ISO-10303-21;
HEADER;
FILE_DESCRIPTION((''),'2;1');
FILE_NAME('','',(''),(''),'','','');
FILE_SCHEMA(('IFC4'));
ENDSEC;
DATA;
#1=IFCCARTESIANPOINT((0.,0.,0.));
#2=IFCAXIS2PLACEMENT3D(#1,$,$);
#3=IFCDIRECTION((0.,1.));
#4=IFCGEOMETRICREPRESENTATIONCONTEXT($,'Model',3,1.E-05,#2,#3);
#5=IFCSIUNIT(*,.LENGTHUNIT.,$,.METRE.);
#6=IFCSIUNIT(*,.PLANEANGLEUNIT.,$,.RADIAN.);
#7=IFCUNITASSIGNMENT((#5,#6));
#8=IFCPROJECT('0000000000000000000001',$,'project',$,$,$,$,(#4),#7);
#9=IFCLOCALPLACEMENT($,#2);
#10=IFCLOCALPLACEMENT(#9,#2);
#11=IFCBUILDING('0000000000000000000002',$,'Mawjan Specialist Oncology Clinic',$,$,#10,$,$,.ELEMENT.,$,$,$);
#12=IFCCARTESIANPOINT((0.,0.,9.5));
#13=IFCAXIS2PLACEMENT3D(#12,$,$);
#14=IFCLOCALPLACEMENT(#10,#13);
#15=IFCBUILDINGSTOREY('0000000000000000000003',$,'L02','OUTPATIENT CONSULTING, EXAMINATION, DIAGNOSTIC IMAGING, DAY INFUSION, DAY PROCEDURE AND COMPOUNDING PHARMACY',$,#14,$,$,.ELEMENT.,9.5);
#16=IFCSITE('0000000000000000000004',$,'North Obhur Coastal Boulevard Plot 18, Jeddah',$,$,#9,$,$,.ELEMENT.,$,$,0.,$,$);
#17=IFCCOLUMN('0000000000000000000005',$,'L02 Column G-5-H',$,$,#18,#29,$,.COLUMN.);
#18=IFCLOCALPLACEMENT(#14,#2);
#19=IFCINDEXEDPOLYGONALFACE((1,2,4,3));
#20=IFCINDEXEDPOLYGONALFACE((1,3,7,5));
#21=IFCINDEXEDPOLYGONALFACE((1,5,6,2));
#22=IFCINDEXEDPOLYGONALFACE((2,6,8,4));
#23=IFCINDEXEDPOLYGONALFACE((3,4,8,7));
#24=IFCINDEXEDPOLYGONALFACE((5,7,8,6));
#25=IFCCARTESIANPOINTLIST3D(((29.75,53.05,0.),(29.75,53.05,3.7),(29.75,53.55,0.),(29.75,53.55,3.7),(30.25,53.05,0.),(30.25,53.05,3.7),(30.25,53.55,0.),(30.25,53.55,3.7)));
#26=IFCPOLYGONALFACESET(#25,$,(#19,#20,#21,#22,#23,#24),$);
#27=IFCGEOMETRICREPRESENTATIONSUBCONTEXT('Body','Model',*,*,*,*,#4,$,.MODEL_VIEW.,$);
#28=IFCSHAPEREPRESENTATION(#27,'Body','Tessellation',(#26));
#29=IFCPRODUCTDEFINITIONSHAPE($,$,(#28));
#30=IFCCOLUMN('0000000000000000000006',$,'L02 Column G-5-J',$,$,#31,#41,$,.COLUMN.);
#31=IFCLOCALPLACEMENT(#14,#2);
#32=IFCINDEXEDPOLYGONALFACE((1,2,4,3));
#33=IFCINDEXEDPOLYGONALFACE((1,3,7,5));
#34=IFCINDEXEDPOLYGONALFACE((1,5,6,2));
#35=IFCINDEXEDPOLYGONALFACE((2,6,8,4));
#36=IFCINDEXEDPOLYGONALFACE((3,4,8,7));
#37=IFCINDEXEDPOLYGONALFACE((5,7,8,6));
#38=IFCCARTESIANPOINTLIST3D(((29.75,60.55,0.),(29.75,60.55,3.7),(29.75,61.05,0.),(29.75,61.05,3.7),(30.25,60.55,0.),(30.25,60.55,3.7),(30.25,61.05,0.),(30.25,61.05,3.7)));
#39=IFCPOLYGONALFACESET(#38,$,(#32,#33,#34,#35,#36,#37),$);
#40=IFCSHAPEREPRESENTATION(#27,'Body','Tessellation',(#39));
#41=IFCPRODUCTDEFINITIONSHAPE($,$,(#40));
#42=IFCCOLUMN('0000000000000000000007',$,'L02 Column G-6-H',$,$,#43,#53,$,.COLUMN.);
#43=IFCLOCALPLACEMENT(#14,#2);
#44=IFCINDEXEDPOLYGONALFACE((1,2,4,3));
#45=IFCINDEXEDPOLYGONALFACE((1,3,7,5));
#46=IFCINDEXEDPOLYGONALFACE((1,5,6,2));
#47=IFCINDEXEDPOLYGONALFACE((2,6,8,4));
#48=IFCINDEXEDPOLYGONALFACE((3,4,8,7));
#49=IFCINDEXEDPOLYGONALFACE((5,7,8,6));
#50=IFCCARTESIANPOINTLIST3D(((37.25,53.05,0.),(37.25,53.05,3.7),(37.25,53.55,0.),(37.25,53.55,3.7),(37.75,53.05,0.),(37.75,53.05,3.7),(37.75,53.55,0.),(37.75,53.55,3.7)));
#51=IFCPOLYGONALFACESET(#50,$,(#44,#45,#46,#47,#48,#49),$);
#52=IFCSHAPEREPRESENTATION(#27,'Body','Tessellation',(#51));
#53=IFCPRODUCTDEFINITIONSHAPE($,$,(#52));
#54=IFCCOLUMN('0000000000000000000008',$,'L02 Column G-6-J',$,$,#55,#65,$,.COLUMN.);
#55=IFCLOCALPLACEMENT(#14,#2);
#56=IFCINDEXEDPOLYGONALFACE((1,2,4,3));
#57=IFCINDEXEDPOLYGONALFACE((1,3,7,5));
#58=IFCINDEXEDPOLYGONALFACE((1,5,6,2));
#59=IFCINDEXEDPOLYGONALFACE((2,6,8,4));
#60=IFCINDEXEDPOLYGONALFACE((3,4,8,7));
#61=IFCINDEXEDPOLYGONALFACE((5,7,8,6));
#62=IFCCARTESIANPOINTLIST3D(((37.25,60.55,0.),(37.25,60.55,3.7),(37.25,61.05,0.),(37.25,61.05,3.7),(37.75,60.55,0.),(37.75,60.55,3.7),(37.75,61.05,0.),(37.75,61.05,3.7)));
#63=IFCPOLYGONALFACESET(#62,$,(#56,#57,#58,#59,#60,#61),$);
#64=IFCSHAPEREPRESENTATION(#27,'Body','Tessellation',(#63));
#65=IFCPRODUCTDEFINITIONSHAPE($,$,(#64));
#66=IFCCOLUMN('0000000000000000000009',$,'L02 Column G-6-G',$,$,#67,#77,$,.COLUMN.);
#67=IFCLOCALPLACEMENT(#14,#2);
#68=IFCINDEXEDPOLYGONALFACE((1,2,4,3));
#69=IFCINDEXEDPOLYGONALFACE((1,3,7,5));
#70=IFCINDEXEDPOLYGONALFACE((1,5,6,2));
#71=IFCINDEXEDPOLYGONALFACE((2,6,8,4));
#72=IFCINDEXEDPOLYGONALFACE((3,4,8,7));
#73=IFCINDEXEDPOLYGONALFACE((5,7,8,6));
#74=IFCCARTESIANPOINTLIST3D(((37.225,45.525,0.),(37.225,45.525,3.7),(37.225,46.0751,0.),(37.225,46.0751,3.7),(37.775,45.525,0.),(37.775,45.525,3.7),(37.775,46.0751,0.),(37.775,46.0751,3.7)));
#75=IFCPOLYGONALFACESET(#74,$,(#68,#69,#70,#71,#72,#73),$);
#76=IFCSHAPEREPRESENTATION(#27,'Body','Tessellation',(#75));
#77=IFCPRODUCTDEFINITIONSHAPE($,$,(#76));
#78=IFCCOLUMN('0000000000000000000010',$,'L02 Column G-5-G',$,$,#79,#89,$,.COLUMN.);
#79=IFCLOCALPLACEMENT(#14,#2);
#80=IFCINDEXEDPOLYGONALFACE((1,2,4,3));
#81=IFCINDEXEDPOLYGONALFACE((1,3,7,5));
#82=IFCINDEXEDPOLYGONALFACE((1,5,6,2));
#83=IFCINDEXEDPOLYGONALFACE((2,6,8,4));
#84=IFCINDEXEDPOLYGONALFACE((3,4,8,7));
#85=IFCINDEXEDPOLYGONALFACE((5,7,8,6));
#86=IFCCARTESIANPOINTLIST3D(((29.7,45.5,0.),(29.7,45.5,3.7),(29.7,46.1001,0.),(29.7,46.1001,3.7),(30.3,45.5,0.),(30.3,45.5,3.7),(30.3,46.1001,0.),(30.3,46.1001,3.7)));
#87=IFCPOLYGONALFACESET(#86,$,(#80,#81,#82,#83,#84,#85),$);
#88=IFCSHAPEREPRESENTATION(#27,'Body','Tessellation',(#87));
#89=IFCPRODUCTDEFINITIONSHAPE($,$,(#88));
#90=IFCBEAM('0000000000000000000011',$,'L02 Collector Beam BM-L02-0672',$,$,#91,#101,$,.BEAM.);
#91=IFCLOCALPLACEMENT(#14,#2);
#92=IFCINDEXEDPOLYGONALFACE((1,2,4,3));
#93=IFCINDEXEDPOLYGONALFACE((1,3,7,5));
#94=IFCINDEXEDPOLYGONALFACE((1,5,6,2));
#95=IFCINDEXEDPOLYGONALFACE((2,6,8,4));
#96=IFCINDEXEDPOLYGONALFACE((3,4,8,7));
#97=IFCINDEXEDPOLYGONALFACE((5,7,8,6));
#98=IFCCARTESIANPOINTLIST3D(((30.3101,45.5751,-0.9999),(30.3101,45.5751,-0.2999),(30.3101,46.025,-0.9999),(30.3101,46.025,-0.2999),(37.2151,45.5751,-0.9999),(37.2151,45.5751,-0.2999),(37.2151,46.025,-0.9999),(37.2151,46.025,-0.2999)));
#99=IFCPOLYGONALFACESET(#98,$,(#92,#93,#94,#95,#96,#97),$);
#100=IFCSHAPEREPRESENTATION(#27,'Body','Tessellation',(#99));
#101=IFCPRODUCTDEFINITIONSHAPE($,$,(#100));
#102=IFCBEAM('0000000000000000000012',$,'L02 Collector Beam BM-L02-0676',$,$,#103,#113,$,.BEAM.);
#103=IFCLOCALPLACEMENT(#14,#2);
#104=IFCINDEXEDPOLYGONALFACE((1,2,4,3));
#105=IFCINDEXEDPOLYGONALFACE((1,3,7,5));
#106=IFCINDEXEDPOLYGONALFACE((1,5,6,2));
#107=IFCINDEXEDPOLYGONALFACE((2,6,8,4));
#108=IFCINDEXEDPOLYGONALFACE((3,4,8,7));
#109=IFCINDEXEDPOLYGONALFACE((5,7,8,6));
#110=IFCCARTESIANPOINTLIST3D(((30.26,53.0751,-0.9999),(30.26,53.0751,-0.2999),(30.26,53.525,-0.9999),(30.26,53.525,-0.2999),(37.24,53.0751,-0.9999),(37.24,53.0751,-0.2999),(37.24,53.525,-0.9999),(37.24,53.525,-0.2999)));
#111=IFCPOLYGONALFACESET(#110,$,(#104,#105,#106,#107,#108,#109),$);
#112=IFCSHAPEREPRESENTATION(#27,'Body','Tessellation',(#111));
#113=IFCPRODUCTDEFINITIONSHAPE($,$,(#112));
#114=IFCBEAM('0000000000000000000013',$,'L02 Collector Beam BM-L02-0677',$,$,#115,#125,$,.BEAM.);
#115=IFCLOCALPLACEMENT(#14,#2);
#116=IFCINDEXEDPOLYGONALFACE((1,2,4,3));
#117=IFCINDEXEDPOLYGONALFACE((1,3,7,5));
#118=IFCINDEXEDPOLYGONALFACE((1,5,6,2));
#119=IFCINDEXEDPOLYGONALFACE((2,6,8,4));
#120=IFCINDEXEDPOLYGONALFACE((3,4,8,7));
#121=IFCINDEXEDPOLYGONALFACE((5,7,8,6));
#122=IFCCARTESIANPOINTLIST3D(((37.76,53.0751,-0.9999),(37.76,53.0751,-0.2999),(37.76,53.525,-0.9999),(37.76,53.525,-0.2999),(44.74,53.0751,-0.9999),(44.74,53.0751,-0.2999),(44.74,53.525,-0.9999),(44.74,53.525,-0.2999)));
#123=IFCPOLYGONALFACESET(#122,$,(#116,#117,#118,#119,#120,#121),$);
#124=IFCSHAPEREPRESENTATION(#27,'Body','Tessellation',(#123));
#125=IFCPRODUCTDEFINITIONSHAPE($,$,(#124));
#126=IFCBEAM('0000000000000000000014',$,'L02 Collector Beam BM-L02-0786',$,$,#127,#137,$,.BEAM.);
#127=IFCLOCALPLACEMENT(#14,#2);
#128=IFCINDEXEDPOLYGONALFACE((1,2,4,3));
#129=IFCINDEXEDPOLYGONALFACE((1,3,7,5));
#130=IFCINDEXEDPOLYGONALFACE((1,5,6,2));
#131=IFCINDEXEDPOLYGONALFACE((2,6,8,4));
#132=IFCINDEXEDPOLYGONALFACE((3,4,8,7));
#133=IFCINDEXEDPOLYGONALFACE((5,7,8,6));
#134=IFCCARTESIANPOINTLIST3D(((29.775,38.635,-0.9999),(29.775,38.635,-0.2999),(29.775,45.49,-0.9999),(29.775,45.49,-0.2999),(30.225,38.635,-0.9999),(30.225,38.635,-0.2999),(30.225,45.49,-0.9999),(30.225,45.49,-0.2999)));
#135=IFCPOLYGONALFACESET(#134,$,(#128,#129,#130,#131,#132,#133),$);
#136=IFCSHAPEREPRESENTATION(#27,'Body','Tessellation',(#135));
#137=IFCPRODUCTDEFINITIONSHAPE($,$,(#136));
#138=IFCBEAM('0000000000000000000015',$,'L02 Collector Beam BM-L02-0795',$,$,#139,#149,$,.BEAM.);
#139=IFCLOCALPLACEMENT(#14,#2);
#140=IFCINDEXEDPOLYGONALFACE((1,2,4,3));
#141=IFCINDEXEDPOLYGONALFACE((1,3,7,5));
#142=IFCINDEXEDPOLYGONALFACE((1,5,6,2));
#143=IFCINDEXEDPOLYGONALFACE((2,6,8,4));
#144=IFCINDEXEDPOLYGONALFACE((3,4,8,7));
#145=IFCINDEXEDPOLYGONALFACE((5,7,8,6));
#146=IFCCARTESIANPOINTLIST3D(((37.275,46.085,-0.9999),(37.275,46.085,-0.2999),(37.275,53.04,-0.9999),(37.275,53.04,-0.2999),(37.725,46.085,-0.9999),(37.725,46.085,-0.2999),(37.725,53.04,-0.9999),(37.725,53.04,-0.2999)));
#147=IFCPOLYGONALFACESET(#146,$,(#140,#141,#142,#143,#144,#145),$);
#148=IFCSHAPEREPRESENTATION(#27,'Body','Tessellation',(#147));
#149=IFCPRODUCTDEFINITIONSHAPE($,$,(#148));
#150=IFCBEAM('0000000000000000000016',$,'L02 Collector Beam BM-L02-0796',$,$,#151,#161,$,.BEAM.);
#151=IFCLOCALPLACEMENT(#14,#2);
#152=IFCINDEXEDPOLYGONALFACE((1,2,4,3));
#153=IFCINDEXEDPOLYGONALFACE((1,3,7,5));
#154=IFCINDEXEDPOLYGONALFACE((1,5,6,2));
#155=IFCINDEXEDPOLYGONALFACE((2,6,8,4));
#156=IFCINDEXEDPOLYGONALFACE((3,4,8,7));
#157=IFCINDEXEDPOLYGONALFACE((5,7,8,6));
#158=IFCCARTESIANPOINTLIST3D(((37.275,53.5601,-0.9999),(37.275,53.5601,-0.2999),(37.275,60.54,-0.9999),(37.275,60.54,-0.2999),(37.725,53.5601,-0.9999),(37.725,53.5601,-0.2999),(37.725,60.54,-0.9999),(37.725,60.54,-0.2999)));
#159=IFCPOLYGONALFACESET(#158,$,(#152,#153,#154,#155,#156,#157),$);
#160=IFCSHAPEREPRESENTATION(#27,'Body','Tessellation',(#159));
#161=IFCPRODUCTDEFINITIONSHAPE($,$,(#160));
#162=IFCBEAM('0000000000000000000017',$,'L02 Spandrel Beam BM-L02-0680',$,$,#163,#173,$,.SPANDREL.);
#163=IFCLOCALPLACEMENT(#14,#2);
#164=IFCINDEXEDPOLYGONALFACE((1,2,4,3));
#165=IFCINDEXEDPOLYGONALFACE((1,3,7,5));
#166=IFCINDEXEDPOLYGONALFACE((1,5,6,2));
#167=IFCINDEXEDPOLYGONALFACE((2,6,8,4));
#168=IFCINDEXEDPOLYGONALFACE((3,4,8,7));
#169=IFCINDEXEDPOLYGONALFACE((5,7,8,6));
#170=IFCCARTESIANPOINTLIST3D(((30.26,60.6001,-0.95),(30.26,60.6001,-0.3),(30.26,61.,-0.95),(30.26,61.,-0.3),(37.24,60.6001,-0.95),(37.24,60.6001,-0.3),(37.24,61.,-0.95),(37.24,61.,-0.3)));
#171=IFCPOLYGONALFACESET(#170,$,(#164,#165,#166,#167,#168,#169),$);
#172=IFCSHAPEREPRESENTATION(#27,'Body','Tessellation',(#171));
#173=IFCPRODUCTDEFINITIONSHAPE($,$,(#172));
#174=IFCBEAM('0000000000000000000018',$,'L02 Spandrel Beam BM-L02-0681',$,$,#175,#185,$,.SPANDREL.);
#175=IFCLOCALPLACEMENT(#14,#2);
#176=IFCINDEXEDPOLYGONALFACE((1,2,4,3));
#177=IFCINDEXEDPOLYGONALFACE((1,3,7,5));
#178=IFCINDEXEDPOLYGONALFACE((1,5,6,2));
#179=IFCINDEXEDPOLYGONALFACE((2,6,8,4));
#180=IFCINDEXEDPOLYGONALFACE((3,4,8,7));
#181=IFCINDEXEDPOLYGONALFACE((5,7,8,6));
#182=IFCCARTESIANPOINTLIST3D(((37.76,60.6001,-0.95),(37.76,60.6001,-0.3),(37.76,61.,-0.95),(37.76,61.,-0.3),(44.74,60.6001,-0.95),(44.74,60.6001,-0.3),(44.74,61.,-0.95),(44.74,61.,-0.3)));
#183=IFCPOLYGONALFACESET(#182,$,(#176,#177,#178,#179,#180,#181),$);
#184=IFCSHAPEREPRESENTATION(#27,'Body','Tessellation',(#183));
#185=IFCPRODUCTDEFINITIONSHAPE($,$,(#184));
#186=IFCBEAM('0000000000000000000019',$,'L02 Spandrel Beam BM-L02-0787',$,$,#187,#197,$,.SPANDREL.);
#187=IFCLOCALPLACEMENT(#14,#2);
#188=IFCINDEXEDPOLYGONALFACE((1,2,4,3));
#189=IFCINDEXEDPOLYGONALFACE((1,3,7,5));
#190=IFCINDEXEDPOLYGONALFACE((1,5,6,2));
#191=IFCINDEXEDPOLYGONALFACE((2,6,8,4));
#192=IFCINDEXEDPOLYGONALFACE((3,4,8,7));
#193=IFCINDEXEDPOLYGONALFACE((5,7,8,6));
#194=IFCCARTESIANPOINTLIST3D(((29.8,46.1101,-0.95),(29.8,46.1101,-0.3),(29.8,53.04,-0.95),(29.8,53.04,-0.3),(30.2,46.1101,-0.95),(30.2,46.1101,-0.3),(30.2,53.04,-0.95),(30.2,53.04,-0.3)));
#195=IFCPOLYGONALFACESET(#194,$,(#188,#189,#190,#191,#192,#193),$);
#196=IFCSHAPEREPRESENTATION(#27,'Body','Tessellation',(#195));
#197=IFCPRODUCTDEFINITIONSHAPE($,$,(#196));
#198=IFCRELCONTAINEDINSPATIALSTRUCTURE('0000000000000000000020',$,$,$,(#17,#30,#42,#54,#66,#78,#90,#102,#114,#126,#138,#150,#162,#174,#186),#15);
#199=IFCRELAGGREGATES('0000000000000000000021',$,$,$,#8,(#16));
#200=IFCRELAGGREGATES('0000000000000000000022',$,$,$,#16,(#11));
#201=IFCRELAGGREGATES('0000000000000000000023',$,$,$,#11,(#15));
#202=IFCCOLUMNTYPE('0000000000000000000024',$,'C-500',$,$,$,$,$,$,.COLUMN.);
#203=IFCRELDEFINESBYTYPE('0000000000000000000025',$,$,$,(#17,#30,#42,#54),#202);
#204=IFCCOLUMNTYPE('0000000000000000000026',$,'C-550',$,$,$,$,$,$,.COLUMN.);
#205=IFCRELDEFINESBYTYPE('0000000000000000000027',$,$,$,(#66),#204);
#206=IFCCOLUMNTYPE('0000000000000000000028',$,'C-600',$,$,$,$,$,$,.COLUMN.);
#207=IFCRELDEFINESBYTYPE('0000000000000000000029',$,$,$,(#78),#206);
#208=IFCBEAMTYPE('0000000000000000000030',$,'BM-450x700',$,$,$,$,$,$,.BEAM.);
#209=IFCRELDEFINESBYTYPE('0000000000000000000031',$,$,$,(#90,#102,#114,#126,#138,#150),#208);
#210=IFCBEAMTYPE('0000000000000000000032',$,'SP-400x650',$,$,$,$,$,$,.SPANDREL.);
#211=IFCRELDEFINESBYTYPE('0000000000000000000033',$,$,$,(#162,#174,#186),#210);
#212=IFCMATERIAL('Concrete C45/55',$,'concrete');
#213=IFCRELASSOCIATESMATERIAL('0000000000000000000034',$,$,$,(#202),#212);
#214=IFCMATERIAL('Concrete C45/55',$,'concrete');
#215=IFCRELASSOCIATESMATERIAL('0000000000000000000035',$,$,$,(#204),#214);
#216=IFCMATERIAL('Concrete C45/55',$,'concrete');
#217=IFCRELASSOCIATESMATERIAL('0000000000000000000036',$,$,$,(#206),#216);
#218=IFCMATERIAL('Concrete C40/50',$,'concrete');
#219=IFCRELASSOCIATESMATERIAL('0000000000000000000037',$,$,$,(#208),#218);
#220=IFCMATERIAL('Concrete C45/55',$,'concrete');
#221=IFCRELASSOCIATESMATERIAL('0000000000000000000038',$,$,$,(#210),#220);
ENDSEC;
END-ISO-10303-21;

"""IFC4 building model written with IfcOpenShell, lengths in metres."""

from ifc_helpers import new_model, si_unit, direction, frame, origin, origin_2d, place, context, subcontext, project, spatial, rectangle, extrude, material, material_profile, profile_set, type_object, element, save


model = new_model("IFC4")

# Units and contexts
model_context = context("Model", 3, precision=1e-05, world=origin(), true_north=direction((0.0, 1.0)))
body_context = subcontext(model_context, "Body", "Model", "MODEL_VIEW")
ifc_project = project(units=[si_unit("LENGTHUNIT", "METRE"), si_unit("PLANEANGLEUNIT", "RADIAN")], contexts=[model_context])

# Site, building, storey
site_placement = place(None, origin())
site = spatial("IfcSite", under=ifc_project, at=site_placement, Name="North Obhur Coastal Boulevard Plot 18, Jeddah", CompositionType="ELEMENT", RefElevation=0.0)
building_placement = place(site_placement, origin())
building = spatial("IfcBuilding", under=site, at=building_placement, Name="Mawjan Specialist Oncology Clinic", CompositionType="ELEMENT")
storey_placement = place(building_placement, frame((0.0, 0.0, 9.5)))
storey = spatial("IfcBuildingStorey", under=building, at=storey_placement, Name="L02", Description="OUTPATIENT CONSULTING, EXAMINATION, DIAGNOSTIC IMAGING, DAY INFUSION, DAY PROCEDURE AND COMPOUNDING PHARMACY", CompositionType="ELEMENT", Elevation=9.5)

# Columns
ifc_material_1 = material(Name="Concrete C45/55", Category="concrete")
ifc_material_profile_1 = material_profile(ifc_material_1, rectangle(XDim=0.5, YDim=0.5, at=origin_2d()), Name="RC COL 500x500", Category="concrete")
ifc_profile_set_1 = profile_set([ifc_material_profile_1], Name="Concrete C45/55")
column_type_1 = type_object("IfcColumnType", Name="C-500", PredefinedType="COLUMN", material=ifc_profile_set_1)
for number, where, z_axis, x_axis, name in (
    (1, (30.0, 53.3, 0.0), (0.0, 0.0, 1.0), (1.0, 0.0, 0.0), "L02 Column G-5-H"),
    (2, (30.0, 60.8, 0.0), (0.0, 0.0, 1.0), (1.0, 0.0, 0.0), "L02 Column G-5-J"),
    (3, (37.5, 53.3, 0.0), (0.0, 0.0, 1.0), (1.0, 0.0, 0.0), "L02 Column G-6-H"),
    (4, (37.5, 60.8, 0.0), (0.0, 0.0, 1.0), (1.0, 0.0, 0.0), "L02 Column G-6-J"),
):
    element("IfcColumn", number, at=place(storey_placement, frame(where, z_axis=z_axis, x_axis=x_axis)), inside=storey, type_object=column_type_1, Name=name, PredefinedType="COLUMN", context=body_context, shape_type="SweptSolid", body=[
        extrude(rectangle(XDim=0.5, YDim=0.5, at=origin_2d()), origin(), (0.0, 0.0, 1.0), 3.7),
    ])
ifc_material_2 = material(Name="Concrete C45/55", Category="concrete")
ifc_material_profile_2 = material_profile(ifc_material_2, rectangle(XDim=0.55, YDim=0.55, at=origin_2d()), Name="RC COL 550x550", Category="concrete")
ifc_profile_set_2 = profile_set([ifc_material_profile_2], Name="Concrete C45/55")
column_type_2 = type_object("IfcColumnType", Name="C-550", PredefinedType="COLUMN", material=ifc_profile_set_2)
column_1_placement = place(storey_placement, frame((37.5, 45.8, 0.0), z_axis=(0.0, 0.0, 1.0), x_axis=(1.0, 0.0, 0.0)))
element("IfcColumn", 5, at=column_1_placement, inside=storey, type_object=column_type_2, Name="L02 Column G-6-G", PredefinedType="COLUMN", context=body_context, shape_type="SweptSolid", body=[
    extrude(rectangle(XDim=0.55, YDim=0.55, at=origin_2d()), origin(), (0.0, 0.0, 1.0), 3.7),
])
ifc_material_3 = material(Name="Concrete C45/55", Category="concrete")
ifc_material_profile_3 = material_profile(ifc_material_3, rectangle(XDim=0.6001, YDim=0.6001, at=origin_2d()), Name="RC COL 600x600", Category="concrete")
ifc_profile_set_3 = profile_set([ifc_material_profile_3], Name="Concrete C45/55")
column_type_3 = type_object("IfcColumnType", Name="C-600", PredefinedType="COLUMN", material=ifc_profile_set_3)
column_2_placement = place(storey_placement, frame((30.0, 45.8, 0.0), z_axis=(0.0, 0.0, 1.0), x_axis=(1.0, 0.0, 0.0)))
element("IfcColumn", 6, at=column_2_placement, inside=storey, type_object=column_type_3, Name="L02 Column G-5-G", PredefinedType="COLUMN", context=body_context, shape_type="SweptSolid", body=[
    extrude(rectangle(XDim=0.6001, YDim=0.6001, at=origin_2d()), origin(), (0.0, 0.0, 1.0), 3.7),
])

# Beams
ifc_material_4 = material(Name="Concrete C40/50", Category="concrete")
ifc_material_profile_4 = material_profile(ifc_material_4, rectangle(XDim=0.45, YDim=0.7, at=origin_2d()), Name="RC BM 450x700", Category="concrete")
ifc_profile_set_4 = profile_set([ifc_material_profile_4], Name="Concrete C40/50")
beam_type_1 = type_object("IfcBeamType", Name="BM-450x700", PredefinedType="BEAM", material=ifc_profile_set_4)
beam_1_placement = place(storey_placement, frame((30.3101, 45.8, -0.6499), z_axis=(1.0, 0.0, 0.0), x_axis=(0.0, 1.0, 0.0)))
element("IfcBeam", 7, at=beam_1_placement, inside=storey, type_object=beam_type_1, Name="L02 Collector Beam BM-L02-0672", PredefinedType="BEAM", context=body_context, shape_type="SweptSolid", body=[
    extrude(rectangle(XDim=0.45, YDim=0.7, at=origin_2d()), origin(), (0.0, 0.0, 1.0), 6.905),
])
for number, where, z_axis, x_axis, name in (
    (8, (30.26, 53.3, -0.6499), (1.0, 0.0, 0.0), (0.0, 1.0, 0.0), "L02 Collector Beam BM-L02-0676"),
    (9, (37.76, 53.3, -0.6499), (1.0, 0.0, 0.0), (0.0, 1.0, 0.0), "L02 Collector Beam BM-L02-0677"),
):
    element("IfcBeam", number, at=place(storey_placement, frame(where, z_axis=z_axis, x_axis=x_axis)), inside=storey, type_object=beam_type_1, Name=name, PredefinedType="BEAM", context=body_context, shape_type="SweptSolid", body=[
        extrude(rectangle(XDim=0.45, YDim=0.7, at=origin_2d()), origin(), (0.0, 0.0, 1.0), 6.98),
    ])
beam_2_placement = place(storey_placement, frame((30.0, 38.635, -0.6499), z_axis=(0.0, 1.0, 0.0), x_axis=(-1.0, 0.0, 0.0)))
element("IfcBeam", 10, at=beam_2_placement, inside=storey, type_object=beam_type_1, Name="L02 Collector Beam BM-L02-0786", PredefinedType="BEAM", context=body_context, shape_type="SweptSolid", body=[
    extrude(rectangle(XDim=0.45, YDim=0.7, at=origin_2d()), origin(), (0.0, 0.0, 1.0), 6.855),
])
beam_3_placement = place(storey_placement, frame((37.5, 46.085, -0.6499), z_axis=(0.0, 1.0, 0.0), x_axis=(-1.0, 0.0, 0.0)))
element("IfcBeam", 11, at=beam_3_placement, inside=storey, type_object=beam_type_1, Name="L02 Collector Beam BM-L02-0795", PredefinedType="BEAM", context=body_context, shape_type="SweptSolid", body=[
    extrude(rectangle(XDim=0.45, YDim=0.7, at=origin_2d()), origin(), (0.0, 0.0, 1.0), 6.9551),
])
beam_4_placement = place(storey_placement, frame((37.5, 53.5601, -0.6499), z_axis=(0.0, 1.0, 0.0), x_axis=(-1.0, 0.0, 0.0)))
element("IfcBeam", 12, at=beam_4_placement, inside=storey, type_object=beam_type_1, Name="L02 Collector Beam BM-L02-0796", PredefinedType="BEAM", context=body_context, shape_type="SweptSolid", body=[
    extrude(rectangle(XDim=0.45, YDim=0.7, at=origin_2d()), origin(), (0.0, 0.0, 1.0), 6.98),
])
ifc_material_5 = material(Name="Concrete C45/55", Category="concrete")
ifc_material_profile_5 = material_profile(ifc_material_5, rectangle(XDim=0.3999, YDim=0.6499, at=origin_2d()), Name="RC BM 400x650", Category="concrete")
ifc_profile_set_5 = profile_set([ifc_material_profile_5], Name="Concrete C45/55")
beam_type_2 = type_object("IfcBeamType", Name="SP-400x650", PredefinedType="SPANDREL", material=ifc_profile_set_5)
for number, where, z_axis, x_axis, name in (
    (13, (30.26, 60.8, -0.625), (1.0, 0.0, 0.0), (0.0, 1.0, 0.0), "L02 Spandrel Beam BM-L02-0680"),
    (14, (37.76, 60.8, -0.625), (1.0, 0.0, 0.0), (0.0, 1.0, 0.0), "L02 Spandrel Beam BM-L02-0681"),
):
    element("IfcBeam", number, at=place(storey_placement, frame(where, z_axis=z_axis, x_axis=x_axis)), inside=storey, type_object=beam_type_2, Name=name, PredefinedType="SPANDREL", context=body_context, shape_type="SweptSolid", body=[
        extrude(rectangle(XDim=0.3999, YDim=0.6499, at=origin_2d()), origin(), (0.0, 0.0, 1.0), 6.98),
    ])
beam_5_placement = place(storey_placement, frame((30.0, 46.1101, -0.625), z_axis=(0.0, 1.0, 0.0), x_axis=(-1.0, 0.0, 0.0)))
element("IfcBeam", 15, at=beam_5_placement, inside=storey, type_object=beam_type_2, Name="L02 Spandrel Beam BM-L02-0787", PredefinedType="SPANDREL", context=body_context, shape_type="SweptSolid", body=[
    extrude(rectangle(XDim=0.3999, YDim=0.6499, at=origin_2d()), origin(), (0.0, 0.0, 1.0), 6.9299),
])

save(model, "model.ifc")
